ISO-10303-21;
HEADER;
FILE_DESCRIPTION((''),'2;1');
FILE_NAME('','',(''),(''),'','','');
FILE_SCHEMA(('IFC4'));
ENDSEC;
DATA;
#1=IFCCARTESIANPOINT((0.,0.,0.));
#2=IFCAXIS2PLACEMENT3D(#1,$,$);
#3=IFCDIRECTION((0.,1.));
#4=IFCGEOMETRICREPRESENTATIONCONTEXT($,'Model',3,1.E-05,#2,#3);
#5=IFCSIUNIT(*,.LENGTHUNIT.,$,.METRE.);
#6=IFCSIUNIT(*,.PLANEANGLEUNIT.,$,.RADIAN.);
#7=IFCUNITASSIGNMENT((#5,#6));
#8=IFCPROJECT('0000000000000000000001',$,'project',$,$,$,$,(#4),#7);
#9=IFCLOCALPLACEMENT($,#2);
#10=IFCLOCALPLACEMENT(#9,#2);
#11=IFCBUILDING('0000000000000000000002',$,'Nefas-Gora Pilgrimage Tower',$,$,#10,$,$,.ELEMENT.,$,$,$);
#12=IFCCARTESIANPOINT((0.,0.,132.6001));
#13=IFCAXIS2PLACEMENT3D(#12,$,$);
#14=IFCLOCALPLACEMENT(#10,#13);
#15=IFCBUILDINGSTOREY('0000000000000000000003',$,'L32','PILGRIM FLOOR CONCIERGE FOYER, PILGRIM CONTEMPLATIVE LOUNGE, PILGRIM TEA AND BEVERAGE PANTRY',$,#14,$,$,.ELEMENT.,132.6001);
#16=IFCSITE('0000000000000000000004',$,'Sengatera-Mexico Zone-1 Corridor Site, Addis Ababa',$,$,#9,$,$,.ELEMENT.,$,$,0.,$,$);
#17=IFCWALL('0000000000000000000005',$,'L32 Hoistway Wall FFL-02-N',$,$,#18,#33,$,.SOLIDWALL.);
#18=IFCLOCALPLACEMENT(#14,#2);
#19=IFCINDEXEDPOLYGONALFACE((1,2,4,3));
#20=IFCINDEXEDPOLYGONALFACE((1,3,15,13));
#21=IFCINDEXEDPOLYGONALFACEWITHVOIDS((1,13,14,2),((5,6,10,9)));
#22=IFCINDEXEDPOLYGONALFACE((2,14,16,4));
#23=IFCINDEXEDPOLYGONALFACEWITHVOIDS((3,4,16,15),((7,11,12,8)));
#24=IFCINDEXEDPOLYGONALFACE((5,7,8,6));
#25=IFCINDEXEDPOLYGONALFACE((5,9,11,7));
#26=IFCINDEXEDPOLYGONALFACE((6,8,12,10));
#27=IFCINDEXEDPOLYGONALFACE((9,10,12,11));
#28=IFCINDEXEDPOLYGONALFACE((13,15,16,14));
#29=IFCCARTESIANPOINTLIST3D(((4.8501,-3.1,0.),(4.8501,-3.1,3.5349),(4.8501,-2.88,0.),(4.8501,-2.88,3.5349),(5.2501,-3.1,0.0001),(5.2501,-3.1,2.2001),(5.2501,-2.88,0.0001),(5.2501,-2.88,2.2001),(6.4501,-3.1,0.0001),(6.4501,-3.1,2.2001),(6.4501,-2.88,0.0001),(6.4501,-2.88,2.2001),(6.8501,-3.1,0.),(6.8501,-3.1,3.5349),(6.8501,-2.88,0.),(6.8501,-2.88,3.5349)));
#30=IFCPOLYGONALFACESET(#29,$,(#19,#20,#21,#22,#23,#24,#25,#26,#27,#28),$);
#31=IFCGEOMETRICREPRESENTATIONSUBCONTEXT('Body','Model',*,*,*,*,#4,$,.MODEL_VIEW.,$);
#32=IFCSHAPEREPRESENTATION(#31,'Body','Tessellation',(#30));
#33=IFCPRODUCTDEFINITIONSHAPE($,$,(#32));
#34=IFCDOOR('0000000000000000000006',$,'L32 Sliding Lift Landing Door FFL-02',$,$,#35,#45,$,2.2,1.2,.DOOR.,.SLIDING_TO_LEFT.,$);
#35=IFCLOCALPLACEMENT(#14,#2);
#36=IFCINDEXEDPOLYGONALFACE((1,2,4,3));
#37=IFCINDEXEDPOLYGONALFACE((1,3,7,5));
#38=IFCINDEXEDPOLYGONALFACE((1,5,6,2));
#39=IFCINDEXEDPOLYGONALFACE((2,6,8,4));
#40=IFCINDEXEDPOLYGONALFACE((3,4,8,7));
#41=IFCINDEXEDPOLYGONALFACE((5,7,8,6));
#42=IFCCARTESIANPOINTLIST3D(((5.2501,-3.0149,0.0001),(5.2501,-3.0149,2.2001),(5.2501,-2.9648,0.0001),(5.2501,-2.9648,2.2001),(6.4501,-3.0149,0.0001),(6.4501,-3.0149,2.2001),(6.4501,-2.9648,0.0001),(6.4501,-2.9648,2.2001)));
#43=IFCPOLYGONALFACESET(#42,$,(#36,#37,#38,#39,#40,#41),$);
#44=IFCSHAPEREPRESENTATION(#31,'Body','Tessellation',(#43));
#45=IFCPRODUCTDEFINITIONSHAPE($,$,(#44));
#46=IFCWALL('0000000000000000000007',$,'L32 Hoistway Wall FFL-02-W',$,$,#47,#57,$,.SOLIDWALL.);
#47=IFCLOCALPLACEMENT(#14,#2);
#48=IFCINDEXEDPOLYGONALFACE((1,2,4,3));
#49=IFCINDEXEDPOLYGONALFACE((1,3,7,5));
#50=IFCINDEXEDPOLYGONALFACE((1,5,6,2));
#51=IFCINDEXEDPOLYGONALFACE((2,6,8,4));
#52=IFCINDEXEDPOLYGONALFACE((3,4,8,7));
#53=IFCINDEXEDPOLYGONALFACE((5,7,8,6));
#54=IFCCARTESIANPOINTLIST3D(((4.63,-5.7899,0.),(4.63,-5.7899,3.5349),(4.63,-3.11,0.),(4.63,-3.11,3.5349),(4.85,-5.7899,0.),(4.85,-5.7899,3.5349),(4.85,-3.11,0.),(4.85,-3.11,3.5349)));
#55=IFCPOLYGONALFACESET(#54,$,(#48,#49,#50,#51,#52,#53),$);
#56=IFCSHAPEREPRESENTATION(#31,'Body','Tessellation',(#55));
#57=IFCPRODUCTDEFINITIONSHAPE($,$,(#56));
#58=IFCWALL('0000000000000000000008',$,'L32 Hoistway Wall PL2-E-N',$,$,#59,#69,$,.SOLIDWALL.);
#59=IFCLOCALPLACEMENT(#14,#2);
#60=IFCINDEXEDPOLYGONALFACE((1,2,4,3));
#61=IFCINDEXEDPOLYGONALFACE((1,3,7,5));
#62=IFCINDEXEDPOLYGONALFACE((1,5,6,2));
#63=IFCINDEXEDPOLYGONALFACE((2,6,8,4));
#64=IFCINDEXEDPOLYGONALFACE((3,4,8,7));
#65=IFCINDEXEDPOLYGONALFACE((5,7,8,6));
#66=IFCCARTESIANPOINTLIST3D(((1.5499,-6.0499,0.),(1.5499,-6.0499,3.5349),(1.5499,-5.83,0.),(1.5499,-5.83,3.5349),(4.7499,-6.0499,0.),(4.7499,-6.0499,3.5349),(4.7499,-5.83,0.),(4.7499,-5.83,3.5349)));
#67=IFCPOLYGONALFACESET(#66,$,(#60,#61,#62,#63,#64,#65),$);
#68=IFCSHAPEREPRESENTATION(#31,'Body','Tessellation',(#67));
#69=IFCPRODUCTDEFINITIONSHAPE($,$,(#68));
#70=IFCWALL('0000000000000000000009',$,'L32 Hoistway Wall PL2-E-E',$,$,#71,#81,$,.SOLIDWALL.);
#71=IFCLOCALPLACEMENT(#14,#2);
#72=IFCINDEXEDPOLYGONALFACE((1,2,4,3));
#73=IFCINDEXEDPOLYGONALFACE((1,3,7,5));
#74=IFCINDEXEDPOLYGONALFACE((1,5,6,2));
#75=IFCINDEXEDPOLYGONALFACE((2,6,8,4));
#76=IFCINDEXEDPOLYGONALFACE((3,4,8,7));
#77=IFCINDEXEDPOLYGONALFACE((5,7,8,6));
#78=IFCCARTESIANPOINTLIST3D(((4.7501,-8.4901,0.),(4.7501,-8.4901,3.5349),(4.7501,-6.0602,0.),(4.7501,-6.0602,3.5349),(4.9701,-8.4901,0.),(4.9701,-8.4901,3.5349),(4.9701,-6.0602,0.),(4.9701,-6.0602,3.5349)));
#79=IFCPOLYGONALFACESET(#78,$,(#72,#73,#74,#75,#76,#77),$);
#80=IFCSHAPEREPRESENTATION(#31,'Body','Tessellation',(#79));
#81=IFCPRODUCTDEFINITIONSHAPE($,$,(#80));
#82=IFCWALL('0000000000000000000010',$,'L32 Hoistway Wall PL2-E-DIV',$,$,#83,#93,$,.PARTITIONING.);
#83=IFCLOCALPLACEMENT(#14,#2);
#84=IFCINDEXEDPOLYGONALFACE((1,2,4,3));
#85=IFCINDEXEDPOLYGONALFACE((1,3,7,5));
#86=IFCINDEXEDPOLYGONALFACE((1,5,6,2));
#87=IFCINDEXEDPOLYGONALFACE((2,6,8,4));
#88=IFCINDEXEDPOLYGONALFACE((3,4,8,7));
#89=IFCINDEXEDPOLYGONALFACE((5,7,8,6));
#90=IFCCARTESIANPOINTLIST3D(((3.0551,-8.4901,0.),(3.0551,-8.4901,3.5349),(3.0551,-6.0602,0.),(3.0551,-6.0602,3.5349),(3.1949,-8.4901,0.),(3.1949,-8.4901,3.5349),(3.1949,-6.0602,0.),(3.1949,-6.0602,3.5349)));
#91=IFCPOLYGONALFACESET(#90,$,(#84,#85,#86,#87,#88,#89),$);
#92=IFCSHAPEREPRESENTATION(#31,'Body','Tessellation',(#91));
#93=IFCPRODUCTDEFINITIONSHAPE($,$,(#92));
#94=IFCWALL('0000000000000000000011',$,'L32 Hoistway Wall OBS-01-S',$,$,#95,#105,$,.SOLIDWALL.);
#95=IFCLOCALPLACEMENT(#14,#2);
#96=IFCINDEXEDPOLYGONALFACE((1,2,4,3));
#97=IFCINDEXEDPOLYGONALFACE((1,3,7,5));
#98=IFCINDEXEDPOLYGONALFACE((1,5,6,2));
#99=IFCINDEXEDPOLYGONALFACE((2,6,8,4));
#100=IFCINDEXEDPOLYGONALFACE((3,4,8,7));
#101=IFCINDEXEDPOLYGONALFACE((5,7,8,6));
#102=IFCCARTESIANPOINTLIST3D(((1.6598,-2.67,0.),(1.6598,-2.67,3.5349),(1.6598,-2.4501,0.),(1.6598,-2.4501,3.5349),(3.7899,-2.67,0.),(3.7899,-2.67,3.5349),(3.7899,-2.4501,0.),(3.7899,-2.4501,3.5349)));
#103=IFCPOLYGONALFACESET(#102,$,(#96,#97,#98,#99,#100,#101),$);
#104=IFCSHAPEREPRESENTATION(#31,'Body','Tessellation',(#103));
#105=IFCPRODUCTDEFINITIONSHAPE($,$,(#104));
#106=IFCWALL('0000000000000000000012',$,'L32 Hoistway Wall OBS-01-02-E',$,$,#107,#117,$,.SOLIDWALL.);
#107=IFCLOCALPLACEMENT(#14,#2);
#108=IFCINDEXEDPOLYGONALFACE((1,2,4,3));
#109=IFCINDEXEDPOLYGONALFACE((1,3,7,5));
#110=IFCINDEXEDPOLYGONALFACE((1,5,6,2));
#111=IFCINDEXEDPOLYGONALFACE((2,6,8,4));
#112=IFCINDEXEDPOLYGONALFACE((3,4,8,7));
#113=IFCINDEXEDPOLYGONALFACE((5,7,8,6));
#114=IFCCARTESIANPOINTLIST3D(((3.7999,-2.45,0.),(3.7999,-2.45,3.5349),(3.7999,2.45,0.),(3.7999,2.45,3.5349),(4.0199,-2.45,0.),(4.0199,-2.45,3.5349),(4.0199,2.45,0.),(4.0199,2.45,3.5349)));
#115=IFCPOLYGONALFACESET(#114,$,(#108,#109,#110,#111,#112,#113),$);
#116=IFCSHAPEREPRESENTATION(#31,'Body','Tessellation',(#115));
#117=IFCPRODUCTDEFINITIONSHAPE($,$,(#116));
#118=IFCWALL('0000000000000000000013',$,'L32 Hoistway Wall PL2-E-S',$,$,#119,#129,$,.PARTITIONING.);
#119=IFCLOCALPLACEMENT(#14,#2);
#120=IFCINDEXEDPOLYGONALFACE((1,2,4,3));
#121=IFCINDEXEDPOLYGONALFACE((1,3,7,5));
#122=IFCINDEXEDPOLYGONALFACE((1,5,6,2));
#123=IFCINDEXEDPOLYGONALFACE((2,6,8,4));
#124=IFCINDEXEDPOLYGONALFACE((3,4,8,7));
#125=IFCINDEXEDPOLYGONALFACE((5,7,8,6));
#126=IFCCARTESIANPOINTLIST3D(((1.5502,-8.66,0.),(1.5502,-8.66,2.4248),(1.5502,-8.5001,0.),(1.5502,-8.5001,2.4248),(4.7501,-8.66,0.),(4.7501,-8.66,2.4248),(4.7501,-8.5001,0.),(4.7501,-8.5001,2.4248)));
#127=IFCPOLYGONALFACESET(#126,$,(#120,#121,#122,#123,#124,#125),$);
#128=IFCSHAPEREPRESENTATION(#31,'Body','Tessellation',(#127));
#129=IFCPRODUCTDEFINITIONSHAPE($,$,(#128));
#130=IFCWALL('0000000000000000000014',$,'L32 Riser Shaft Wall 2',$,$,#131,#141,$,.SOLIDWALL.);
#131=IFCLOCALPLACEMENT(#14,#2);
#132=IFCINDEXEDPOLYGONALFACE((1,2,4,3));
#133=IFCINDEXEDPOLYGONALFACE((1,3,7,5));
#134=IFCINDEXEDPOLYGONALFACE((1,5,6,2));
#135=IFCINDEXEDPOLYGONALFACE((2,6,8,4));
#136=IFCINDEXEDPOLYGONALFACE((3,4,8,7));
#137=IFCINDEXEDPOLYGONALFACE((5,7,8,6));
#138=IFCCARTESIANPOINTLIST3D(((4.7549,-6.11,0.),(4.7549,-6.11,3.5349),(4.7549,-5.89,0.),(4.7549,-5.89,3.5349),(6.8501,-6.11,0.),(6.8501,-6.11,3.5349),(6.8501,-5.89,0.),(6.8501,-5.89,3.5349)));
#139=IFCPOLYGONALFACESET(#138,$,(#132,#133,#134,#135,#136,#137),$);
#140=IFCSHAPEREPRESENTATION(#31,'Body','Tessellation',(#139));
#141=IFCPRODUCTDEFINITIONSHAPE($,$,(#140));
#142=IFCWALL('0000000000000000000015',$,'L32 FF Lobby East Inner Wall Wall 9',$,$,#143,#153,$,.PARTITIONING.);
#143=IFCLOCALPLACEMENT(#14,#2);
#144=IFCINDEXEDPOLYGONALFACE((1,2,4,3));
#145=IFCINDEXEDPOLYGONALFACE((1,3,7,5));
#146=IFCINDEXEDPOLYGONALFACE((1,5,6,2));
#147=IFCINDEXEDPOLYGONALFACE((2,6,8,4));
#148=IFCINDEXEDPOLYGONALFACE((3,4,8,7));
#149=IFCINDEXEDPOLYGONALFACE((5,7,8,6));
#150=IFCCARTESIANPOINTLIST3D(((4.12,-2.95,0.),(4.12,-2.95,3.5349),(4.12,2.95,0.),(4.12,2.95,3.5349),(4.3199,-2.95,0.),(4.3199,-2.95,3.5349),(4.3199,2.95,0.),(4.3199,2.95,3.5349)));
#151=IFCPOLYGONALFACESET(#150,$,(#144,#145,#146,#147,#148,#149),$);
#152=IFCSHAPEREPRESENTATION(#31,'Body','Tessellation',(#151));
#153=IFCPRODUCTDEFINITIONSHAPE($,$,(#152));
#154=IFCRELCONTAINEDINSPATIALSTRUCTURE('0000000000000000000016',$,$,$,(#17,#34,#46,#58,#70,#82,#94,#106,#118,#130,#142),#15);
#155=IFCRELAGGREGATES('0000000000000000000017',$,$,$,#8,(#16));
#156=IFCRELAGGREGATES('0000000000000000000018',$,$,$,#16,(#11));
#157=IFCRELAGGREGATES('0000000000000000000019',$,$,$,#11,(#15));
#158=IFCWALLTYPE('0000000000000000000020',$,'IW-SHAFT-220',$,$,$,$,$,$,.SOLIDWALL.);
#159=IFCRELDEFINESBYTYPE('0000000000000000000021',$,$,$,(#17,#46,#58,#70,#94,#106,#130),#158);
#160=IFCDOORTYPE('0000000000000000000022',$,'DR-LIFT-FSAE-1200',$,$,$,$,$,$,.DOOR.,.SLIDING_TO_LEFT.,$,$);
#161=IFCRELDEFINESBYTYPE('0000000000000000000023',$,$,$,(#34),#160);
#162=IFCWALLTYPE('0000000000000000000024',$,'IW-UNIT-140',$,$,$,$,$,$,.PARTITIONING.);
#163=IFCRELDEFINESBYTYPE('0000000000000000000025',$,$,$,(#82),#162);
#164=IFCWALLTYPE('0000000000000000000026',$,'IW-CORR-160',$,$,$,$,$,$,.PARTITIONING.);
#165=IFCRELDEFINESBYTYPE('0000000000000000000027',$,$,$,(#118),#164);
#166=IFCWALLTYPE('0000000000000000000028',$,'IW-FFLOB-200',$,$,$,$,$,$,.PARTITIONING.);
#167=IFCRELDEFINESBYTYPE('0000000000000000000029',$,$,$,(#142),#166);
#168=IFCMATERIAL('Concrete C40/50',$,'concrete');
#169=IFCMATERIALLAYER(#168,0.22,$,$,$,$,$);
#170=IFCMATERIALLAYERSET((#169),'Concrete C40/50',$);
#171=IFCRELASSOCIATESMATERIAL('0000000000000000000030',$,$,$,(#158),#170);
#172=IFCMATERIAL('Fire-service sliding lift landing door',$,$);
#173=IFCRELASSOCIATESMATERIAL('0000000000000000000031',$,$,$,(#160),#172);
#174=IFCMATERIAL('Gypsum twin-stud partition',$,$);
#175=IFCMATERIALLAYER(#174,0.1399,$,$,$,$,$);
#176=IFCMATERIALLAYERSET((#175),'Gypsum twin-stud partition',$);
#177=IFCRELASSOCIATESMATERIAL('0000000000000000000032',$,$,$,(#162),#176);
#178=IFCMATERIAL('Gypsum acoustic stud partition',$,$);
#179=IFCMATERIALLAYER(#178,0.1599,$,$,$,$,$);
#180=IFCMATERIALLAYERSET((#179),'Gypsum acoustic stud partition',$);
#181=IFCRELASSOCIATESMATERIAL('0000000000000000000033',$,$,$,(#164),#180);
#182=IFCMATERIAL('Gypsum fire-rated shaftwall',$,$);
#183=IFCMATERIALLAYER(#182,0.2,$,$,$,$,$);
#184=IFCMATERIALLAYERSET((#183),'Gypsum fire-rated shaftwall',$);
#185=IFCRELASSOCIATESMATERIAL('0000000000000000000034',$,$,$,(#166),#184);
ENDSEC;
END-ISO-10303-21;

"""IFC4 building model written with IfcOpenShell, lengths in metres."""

from ifc_helpers import new_model, si_unit, direction, frame, frame_2d, origin, place, context, subcontext, project, spatial, rectangle, extrude, source, transform, mapped, material, layer, layer_set, type_object, element, fill, save


model = new_model("IFC4")

# Units and contexts
model_context = context("Model", 3, precision=1e-05, world=origin(), true_north=direction((0.0, 1.0)))
body_context = subcontext(model_context, "Body", "Model", "MODEL_VIEW")
ifc_project = project(units=[si_unit("LENGTHUNIT", "METRE"), si_unit("PLANEANGLEUNIT", "RADIAN")], contexts=[model_context])

# Site, building, storey
site_placement = place(None, origin())
site = spatial("IfcSite", under=ifc_project, at=site_placement, Name="Sengatera-Mexico Zone-1 Corridor Site, Addis Ababa", CompositionType="ELEMENT", RefElevation=0.0)
building_placement = place(site_placement, origin())
building = spatial("IfcBuilding", under=site, at=building_placement, Name="Nefas-Gora Pilgrimage Tower", CompositionType="ELEMENT")
storey_placement = place(building_placement, frame((0.0, 0.0, 132.6001)))
storey = spatial("IfcBuildingStorey", under=building, at=storey_placement, Name="L32", Description="PILGRIM FLOOR CONCIERGE FOYER, PILGRIM CONTEMPLATIVE LOUNGE, PILGRIM TEA AND BEVERAGE PANTRY", CompositionType="ELEMENT", Elevation=132.6001)

# Wall, opening, door
ifc_material_1 = material(Name="Concrete C40/50", Category="concrete")
ifc_layer_1 = layer(ifc_material_1, 0.22)
ifc_layer_set_1 = layer_set([ifc_layer_1], Name="Concrete C40/50")
wall_type_1 = type_object("IfcWallType", Name="IW-SHAFT-220", PredefinedType="SOLIDWALL", material=ifc_layer_set_1)
shared_shape_1 = source(origin(), body_context, "Body", "SweptSolid", [
    extrude(rectangle(XDim=2.0, YDim=0.22, at=frame_2d((1.0, 0.0))), origin(), (0.0, 0.0, 1.0), 3.5349),
])
wall_1_placement = place(storey_placement, frame((6.8501, -2.99, 0.0), z_axis=(0.0, 0.0, 1.0), x_axis=(-1.0, 0.0, 0.0)))
wall_1 = element("IfcWall", 1, at=wall_1_placement, inside=storey, type_object=wall_type_1, Name="L32 Hoistway Wall FFL-02-N", PredefinedType="SOLIDWALL", context=body_context, shape_type="MappedRepresentation", body=[
    mapped(shared_shape_1, transform((0.0, 0.0, 0.0), x_axis=(1.0, 0.0, 0.0), y_axis=(0.0, 1.0, 0.0), z_axis=(0.0, 0.0, 1.0), scale=1.0)),
])
opening_1_placement = place(wall_1_placement, frame((0.3999, 0.0, 0.0)))
opening_1 = element("IfcOpeningElement", 2, at=opening_1_placement, cuts=wall_1, PredefinedType="OPENING", context=body_context, shape_type="SweptSolid", body=[
    extrude(rectangle(XDim=1.2, YDim=2.2, at=frame_2d((0.6001, 1.1001))), frame((0.0, 0.1199, 0.0), z_axis=(0.0, -1.0, 0.0), x_axis=(1.0, 0.0, 0.0)), (0.0, 0.0, 1.0), 0.24),
])
ifc_material_2 = material(Name="Fire-service sliding lift landing door")
door_type_1 = type_object("IfcDoorType", Name="DR-LIFT-FSAE-1200", OperationType="SLIDING_TO_LEFT", PredefinedType="DOOR", material=ifc_material_2)
shared_shape_2 = source(origin(), body_context, "Body", "SweptSolid", [
    extrude(rectangle(XDim=1.2, YDim=2.2, at=frame_2d((0.6001, 1.1001))), frame((0.0, 0.0249, 0.0), z_axis=(0.0, -1.0, 0.0), x_axis=(1.0, 0.0, 0.0)), (0.0, 0.0, 1.0), 0.05),
])
door_1_placement = place(opening_1_placement, origin())
door_1 = element("IfcDoor", 3, at=door_1_placement, inside=storey, type_object=door_type_1, Name="L32 Sliding Lift Landing Door FFL-02", OperationType="SLIDING_TO_LEFT", OverallHeight=2.2, OverallWidth=1.2, PredefinedType="DOOR", context=body_context, shape_type="MappedRepresentation", body=[
    mapped(shared_shape_2, transform((0.0, 0.0, 0.0), x_axis=(1.0, 0.0, 0.0), y_axis=(0.0, 1.0, 0.0), z_axis=(0.0, 0.0, 1.0), scale=1.0)),
])
fill(opening_1, door_1)

# Walls
shared_shape_3 = source(origin(), body_context, "Body", "SweptSolid", [
    extrude(rectangle(XDim=2.6799, YDim=0.22, at=frame_2d((1.3398, 0.0))), origin(), (0.0, 0.0, 1.0), 3.5349),
])
wall_2_placement = place(storey_placement, frame((4.74, -3.1101, 0.0), z_axis=(0.0, 0.0, 1.0), x_axis=(0.0, -1.0, 0.0)))
element("IfcWall", 4, at=wall_2_placement, inside=storey, type_object=wall_type_1, Name="L32 Hoistway Wall FFL-02-W", PredefinedType="SOLIDWALL", context=body_context, shape_type="MappedRepresentation", body=[
    mapped(shared_shape_3, transform((0.0, 0.0, 0.0), x_axis=(1.0, 0.0, 0.0), y_axis=(0.0, 1.0, 0.0), z_axis=(0.0, 0.0, 1.0), scale=1.0)),
])
shared_shape_4 = source(origin(), body_context, "Body", "SweptSolid", [
    extrude(rectangle(XDim=3.2, YDim=0.22, at=frame_2d((1.6001, 0.0))), origin(), (0.0, 0.0, 1.0), 3.5349),
])
wall_3_placement = place(storey_placement, frame((4.75, -5.9399, 0.0), z_axis=(0.0, 0.0, 1.0), x_axis=(-1.0, 0.0, 0.0)))
element("IfcWall", 5, at=wall_3_placement, inside=storey, type_object=wall_type_1, Name="L32 Hoistway Wall PL2-E-N", PredefinedType="SOLIDWALL", context=body_context, shape_type="MappedRepresentation", body=[
    mapped(shared_shape_4, transform((0.0, 0.0, 0.0), x_axis=(1.0, 0.0, 0.0), y_axis=(0.0, 1.0, 0.0), z_axis=(0.0, 0.0, 1.0), scale=1.0)),
])
shared_shape_5 = source(origin(), body_context, "Body", "SweptSolid", [
    extrude(rectangle(XDim=2.4299, YDim=0.22, at=frame_2d((1.2148, 0.0))), origin(), (0.0, 0.0, 1.0), 3.5349),
])
for number, where, z_axis, x_axis, name in (
    (6, (4.8601, -8.49, 0.0), (0.0, 0.0, 1.0), (0.0, 1.0, 0.0), "L32 Hoistway Wall PL2-E-E"),
):
    element("IfcWall", number, at=place(storey_placement, frame(where, z_axis=z_axis, x_axis=x_axis)), inside=storey, type_object=wall_type_1, Name=name, PredefinedType="SOLIDWALL", context=body_context, shape_type="MappedRepresentation", body=[
        mapped(shared_shape_5, transform((0.0, 0.0, 0.0), x_axis=(1.0, 0.0, 0.0), y_axis=(0.0, 1.0, 0.0), z_axis=(0.0, 0.0, 1.0), scale=1.0)),
    ])
ifc_material_3 = material(Name="Gypsum twin-stud partition")
ifc_layer_2 = layer(ifc_material_3, 0.1399)
ifc_layer_set_2 = layer_set([ifc_layer_2], Name="Gypsum twin-stud partition")
wall_type_2 = type_object("IfcWallType", Name="IW-UNIT-140", PredefinedType="PARTITIONING", material=ifc_layer_set_2)
shared_shape_6 = source(origin(), body_context, "Body", "SweptSolid", [
    extrude(rectangle(XDim=2.4299, YDim=0.1399, at=frame_2d((1.2148, 0.0))), origin(), (0.0, 0.0, 1.0), 3.5349),
])
wall_4_placement = place(storey_placement, frame((3.125, -8.49, 0.0), z_axis=(0.0, 0.0, 1.0), x_axis=(0.0, 1.0, 0.0)))
element("IfcWall", 7, at=wall_4_placement, inside=storey, type_object=wall_type_2, Name="L32 Hoistway Wall PL2-E-DIV", PredefinedType="PARTITIONING", context=body_context, shape_type="MappedRepresentation", body=[
    mapped(shared_shape_6, transform((0.0, 0.0, 0.0), x_axis=(1.0, 0.0, 0.0), y_axis=(0.0, 1.0, 0.0), z_axis=(0.0, 0.0, 1.0), scale=1.0)),
])
shared_shape_7 = source(origin(), body_context, "Body", "SweptSolid", [
    extrude(rectangle(XDim=2.1301, YDim=0.22, at=frame_2d((1.0649, 0.0))), origin(), (0.0, 0.0, 1.0), 3.5349),
])
wall_5_placement = place(storey_placement, frame((1.6599, -2.5601, 0.0), z_axis=(0.0, 0.0, 1.0), x_axis=(1.0, 0.0, 0.0)))
element("IfcWall", 8, at=wall_5_placement, inside=storey, type_object=wall_type_1, Name="L32 Hoistway Wall OBS-01-S", PredefinedType="SOLIDWALL", context=body_context, shape_type="MappedRepresentation", body=[
    mapped(shared_shape_7, transform((0.0, 0.0, 0.0), x_axis=(1.0, 0.0, 0.0), y_axis=(0.0, 1.0, 0.0), z_axis=(0.0, 0.0, 1.0), scale=1.0)),
])
shared_shape_8 = source(origin(), body_context, "Body", "SweptSolid", [
    extrude(rectangle(XDim=4.8999, YDim=0.22, at=frame_2d((2.45, 0.0))), origin(), (0.0, 0.0, 1.0), 3.5349),
])
wall_6_placement = place(storey_placement, frame((3.9099, -2.45, 0.0), z_axis=(0.0, 0.0, 1.0), x_axis=(0.0, 1.0, 0.0)))
element("IfcWall", 9, at=wall_6_placement, inside=storey, type_object=wall_type_1, Name="L32 Hoistway Wall OBS-01-02-E", PredefinedType="SOLIDWALL", context=body_context, shape_type="MappedRepresentation", body=[
    mapped(shared_shape_8, transform((0.0, 0.0, 0.0), x_axis=(1.0, 0.0, 0.0), y_axis=(0.0, 1.0, 0.0), z_axis=(0.0, 0.0, 1.0), scale=1.0)),
])
ifc_material_4 = material(Name="Gypsum acoustic stud partition")
ifc_layer_3 = layer(ifc_material_4, 0.1599)
ifc_layer_set_3 = layer_set([ifc_layer_3], Name="Gypsum acoustic stud partition")
wall_type_3 = type_object("IfcWallType", Name="IW-CORR-160", PredefinedType="PARTITIONING", material=ifc_layer_set_3)
shared_shape_9 = source(origin(), body_context, "Body", "SweptSolid", [
    extrude(rectangle(XDim=3.2, YDim=0.1599, at=frame_2d((1.6001, 0.0))), origin(), (0.0, 0.0, 1.0), 2.4248),
])
wall_7_placement = place(storey_placement, frame((1.55, -8.5801, 0.0), z_axis=(0.0, 0.0, 1.0), x_axis=(1.0, 0.0, 0.0)))
element("IfcWall", 10, at=wall_7_placement, inside=storey, type_object=wall_type_3, Name="L32 Hoistway Wall PL2-E-S", PredefinedType="PARTITIONING", context=body_context, shape_type="MappedRepresentation", body=[
    mapped(shared_shape_9, transform((0.0, 0.0, 0.0), x_axis=(1.0, 0.0, 0.0), y_axis=(0.0, 1.0, 0.0), z_axis=(0.0, 0.0, 1.0), scale=1.0)),
])
shared_shape_10 = source(origin(), body_context, "Body", "SweptSolid", [
    extrude(rectangle(XDim=2.0952, YDim=0.22, at=frame_2d((1.0476, 0.0))), origin(), (0.0, 0.0, 1.0), 3.5349),
])
wall_8_placement = place(storey_placement, frame((4.7549, -6.0, 0.0), z_axis=(0.0, 0.0, 1.0), x_axis=(1.0, 0.0, 0.0)))
element("IfcWall", 11, at=wall_8_placement, inside=storey, type_object=wall_type_1, Name="L32 Riser Shaft Wall 2", PredefinedType="SOLIDWALL", context=body_context, shape_type="MappedRepresentation", body=[
    mapped(shared_shape_10, transform((0.0, 0.0, 0.0), x_axis=(1.0, 0.0, 0.0), y_axis=(0.0, 1.0, 0.0), z_axis=(0.0, 0.0, 1.0), scale=1.0)),
])
ifc_material_5 = material(Name="Gypsum fire-rated shaftwall")
ifc_layer_4 = layer(ifc_material_5, 0.2)
ifc_layer_set_4 = layer_set([ifc_layer_4], Name="Gypsum fire-rated shaftwall")
wall_type_4 = type_object("IfcWallType", Name="IW-FFLOB-200", PredefinedType="PARTITIONING", material=ifc_layer_set_4)
shared_shape_11 = source(origin(), body_context, "Body", "SweptSolid", [
    extrude(rectangle(XDim=5.8999, YDim=0.2, at=frame_2d((2.95, 0.0))), origin(), (0.0, 0.0, 1.0), 3.5349),
])
wall_9_placement = place(storey_placement, frame((4.22, -2.95, 0.0), z_axis=(0.0, 0.0, 1.0), x_axis=(0.0, 1.0, 0.0)))
element("IfcWall", 12, at=wall_9_placement, inside=storey, type_object=wall_type_4, Name="L32 FF Lobby East Inner Wall Wall 9", PredefinedType="PARTITIONING", context=body_context, shape_type="MappedRepresentation", body=[
    mapped(shared_shape_11, transform((0.0, 0.0, 0.0), x_axis=(1.0, 0.0, 0.0), y_axis=(0.0, 1.0, 0.0), z_axis=(0.0, 0.0, 1.0), scale=1.0)),
])

save(model, "model.ifc")
